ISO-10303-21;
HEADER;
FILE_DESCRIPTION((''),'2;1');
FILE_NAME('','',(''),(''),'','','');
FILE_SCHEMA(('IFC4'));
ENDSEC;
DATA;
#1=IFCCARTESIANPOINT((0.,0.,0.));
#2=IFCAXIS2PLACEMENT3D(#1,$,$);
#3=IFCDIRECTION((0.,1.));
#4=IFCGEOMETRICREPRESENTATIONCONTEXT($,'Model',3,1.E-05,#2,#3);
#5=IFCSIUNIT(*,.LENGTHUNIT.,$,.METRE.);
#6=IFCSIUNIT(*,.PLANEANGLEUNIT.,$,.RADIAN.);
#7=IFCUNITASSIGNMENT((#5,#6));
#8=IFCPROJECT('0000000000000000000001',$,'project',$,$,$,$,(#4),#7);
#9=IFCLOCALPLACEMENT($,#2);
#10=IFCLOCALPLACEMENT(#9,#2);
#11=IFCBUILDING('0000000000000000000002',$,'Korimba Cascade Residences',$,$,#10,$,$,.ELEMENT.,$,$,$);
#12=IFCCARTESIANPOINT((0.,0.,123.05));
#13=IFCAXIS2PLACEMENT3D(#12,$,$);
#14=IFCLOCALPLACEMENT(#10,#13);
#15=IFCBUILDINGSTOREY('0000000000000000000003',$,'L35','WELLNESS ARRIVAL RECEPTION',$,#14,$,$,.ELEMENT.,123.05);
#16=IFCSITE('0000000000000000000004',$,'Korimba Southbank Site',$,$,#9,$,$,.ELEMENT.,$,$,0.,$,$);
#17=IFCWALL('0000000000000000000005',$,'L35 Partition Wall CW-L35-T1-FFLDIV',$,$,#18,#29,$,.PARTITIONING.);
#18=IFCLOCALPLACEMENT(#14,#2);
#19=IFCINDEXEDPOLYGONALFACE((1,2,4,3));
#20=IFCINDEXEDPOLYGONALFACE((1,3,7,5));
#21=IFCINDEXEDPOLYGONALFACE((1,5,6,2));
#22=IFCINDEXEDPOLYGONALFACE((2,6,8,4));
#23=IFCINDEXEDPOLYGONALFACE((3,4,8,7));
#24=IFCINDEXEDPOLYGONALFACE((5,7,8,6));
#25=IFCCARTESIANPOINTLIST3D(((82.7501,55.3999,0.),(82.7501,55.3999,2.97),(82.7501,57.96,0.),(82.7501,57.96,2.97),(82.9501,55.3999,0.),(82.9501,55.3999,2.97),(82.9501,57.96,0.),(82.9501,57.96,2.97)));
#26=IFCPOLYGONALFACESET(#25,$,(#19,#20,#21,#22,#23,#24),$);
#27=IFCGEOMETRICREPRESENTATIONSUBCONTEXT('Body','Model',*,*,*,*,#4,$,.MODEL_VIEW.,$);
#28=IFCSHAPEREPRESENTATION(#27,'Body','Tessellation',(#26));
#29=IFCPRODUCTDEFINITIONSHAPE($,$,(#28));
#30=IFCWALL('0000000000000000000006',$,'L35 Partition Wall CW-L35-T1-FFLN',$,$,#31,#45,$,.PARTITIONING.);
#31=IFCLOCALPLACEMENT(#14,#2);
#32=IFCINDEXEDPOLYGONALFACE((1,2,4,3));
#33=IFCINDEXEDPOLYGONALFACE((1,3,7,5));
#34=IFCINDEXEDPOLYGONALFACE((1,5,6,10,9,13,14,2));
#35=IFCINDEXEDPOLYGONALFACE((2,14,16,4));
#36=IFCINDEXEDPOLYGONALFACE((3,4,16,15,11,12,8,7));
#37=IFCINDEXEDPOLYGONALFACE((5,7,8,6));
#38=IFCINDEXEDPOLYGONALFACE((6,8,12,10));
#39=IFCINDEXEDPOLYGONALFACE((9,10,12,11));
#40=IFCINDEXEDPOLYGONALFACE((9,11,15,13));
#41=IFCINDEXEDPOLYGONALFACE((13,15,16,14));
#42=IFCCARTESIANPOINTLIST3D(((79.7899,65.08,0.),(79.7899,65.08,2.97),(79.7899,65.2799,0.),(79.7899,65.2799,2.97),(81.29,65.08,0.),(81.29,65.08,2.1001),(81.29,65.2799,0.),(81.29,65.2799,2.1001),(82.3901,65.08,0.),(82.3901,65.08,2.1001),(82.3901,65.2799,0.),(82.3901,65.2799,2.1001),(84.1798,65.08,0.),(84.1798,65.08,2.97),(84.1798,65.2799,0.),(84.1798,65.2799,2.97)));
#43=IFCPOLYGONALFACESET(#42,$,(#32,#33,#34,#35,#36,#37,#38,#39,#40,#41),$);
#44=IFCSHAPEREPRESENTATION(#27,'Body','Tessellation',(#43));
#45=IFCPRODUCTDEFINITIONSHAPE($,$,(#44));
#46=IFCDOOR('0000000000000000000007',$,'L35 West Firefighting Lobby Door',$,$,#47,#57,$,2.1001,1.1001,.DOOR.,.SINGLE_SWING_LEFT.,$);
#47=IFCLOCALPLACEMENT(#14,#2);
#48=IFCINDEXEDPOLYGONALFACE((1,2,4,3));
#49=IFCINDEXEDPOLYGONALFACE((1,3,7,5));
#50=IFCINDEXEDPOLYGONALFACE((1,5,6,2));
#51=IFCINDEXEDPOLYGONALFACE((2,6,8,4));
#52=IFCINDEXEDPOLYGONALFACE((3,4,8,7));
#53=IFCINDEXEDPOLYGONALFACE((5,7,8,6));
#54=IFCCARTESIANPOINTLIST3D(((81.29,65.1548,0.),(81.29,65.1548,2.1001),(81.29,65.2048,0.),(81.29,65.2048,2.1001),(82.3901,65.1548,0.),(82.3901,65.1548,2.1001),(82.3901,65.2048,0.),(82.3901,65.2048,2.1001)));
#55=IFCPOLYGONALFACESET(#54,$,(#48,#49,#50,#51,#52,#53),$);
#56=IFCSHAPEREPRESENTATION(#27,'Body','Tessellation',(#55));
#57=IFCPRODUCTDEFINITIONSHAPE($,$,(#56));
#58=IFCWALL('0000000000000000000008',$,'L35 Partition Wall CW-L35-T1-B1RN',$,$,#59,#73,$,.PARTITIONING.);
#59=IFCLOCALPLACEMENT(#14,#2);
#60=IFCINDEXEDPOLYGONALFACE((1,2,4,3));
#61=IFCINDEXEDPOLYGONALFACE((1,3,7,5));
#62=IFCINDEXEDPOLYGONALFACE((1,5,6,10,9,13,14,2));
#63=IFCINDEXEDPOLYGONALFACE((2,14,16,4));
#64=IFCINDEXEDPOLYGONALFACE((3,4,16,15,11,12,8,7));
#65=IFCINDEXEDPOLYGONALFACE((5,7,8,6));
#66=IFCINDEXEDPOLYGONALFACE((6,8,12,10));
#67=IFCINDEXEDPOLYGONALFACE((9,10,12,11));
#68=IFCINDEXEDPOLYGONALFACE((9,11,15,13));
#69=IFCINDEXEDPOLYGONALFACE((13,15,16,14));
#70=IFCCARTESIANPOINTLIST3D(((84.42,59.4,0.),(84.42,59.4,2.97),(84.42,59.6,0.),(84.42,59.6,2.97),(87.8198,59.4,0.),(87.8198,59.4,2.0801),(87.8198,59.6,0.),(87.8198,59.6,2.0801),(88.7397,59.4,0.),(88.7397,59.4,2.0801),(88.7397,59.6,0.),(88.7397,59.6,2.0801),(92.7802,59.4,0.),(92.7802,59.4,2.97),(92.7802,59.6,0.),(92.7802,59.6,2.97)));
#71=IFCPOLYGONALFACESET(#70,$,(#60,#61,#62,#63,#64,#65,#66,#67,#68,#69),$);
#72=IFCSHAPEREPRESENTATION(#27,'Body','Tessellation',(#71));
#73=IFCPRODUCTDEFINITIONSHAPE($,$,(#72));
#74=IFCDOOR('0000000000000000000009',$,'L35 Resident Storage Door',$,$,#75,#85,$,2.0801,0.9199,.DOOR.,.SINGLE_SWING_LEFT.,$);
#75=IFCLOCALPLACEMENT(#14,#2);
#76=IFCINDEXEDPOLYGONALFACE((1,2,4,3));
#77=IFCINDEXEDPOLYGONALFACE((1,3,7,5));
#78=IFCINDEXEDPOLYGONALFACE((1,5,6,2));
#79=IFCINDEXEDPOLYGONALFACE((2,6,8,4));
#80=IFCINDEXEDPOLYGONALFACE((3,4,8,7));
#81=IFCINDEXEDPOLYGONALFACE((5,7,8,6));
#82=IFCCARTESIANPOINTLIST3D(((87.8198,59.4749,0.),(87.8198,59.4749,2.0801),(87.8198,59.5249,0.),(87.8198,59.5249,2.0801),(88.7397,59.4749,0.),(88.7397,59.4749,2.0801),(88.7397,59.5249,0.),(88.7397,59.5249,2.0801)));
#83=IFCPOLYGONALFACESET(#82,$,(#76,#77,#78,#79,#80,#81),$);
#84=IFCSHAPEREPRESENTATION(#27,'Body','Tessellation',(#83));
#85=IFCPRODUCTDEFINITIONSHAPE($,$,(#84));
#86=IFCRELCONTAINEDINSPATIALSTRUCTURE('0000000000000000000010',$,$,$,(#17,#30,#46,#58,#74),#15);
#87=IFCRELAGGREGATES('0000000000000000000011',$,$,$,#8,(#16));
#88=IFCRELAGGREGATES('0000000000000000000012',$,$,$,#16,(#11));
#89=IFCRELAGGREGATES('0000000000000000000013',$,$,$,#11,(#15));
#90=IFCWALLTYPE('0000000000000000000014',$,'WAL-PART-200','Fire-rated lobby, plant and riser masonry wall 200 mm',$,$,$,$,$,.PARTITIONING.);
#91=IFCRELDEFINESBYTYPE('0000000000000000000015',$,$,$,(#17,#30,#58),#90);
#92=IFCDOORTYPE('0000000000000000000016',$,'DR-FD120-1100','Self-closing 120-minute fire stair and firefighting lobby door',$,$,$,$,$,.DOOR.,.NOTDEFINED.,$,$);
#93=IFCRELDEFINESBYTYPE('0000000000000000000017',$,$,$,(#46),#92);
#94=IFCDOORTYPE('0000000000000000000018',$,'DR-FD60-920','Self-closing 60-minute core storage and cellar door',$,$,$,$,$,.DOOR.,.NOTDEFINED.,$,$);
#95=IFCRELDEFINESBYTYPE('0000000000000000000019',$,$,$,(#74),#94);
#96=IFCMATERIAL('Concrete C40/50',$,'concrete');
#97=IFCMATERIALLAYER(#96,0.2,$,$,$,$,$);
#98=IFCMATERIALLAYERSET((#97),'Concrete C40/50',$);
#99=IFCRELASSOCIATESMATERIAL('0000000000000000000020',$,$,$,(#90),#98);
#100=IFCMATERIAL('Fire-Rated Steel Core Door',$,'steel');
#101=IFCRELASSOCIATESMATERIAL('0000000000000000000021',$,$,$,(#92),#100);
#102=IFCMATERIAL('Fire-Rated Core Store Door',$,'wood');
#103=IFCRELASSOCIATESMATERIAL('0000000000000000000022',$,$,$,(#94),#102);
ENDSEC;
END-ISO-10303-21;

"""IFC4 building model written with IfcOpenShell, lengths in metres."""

from ifc_helpers import new_model, si_unit, direction, frame, frame_2d, origin, place, context, subcontext, project, spatial, rectangle, extrude, material, layer, layer_set, type_object, element, fill, save


model = new_model("IFC4")

# Units and contexts
model_context = context("Model", 3, precision=1e-05, world=origin(), true_north=direction((0.0, 1.0)))
body_context = subcontext(model_context, "Body", "Model", "MODEL_VIEW")
ifc_project = project(units=[si_unit("LENGTHUNIT", "METRE"), si_unit("PLANEANGLEUNIT", "RADIAN")], contexts=[model_context])

# Site, building, storey
site_placement = place(None, origin())
site = spatial("IfcSite", under=ifc_project, at=site_placement, Name="Korimba Southbank Site", CompositionType="ELEMENT", RefElevation=0.0)
building_placement = place(site_placement, origin())
building = spatial("IfcBuilding", under=site, at=building_placement, Name="Korimba Cascade Residences", CompositionType="ELEMENT")
storey_placement = place(building_placement, frame((0.0, 0.0, 123.05)))
storey = spatial("IfcBuildingStorey", under=building, at=storey_placement, Name="L35", Description="WELLNESS ARRIVAL RECEPTION", CompositionType="ELEMENT", Elevation=123.05)

# Wall
ifc_material_1 = material(Name="Concrete C40/50", Category="concrete")
ifc_layer_1 = layer(ifc_material_1, 0.2)
ifc_layer_set_1 = layer_set([ifc_layer_1], Name="Concrete C40/50")
wall_type_1 = type_object("IfcWallType", Name="WAL-PART-200", Description="Fire-rated lobby, plant and riser masonry wall 200 mm", PredefinedType="PARTITIONING", material=ifc_layer_set_1)
wall_1_placement = place(storey_placement, frame((82.8501, 55.3999, 0.0), z_axis=(0.0, 0.0, 1.0), x_axis=(0.0, 1.0, 0.0)))
element("IfcWall", 1, at=wall_1_placement, inside=storey, type_object=wall_type_1, Name="L35 Partition Wall CW-L35-T1-FFLDIV", PredefinedType="PARTITIONING", context=body_context, shape_type="SweptSolid", body=[
    extrude(rectangle(XDim=2.5601, YDim=0.2, at=frame_2d((1.28, 0.0))), origin(), (0.0, 0.0, 1.0), 2.97),
])

# Walls, openings, doors
wall_2_placement = place(storey_placement, frame((79.79, 65.1799, 0.0), z_axis=(0.0, 0.0, 1.0), x_axis=(1.0, 0.0, 0.0)))
wall_2 = element("IfcWall", 2, at=wall_2_placement, inside=storey, type_object=wall_type_1, Name="L35 Partition Wall CW-L35-T1-FFLN", PredefinedType="PARTITIONING", context=body_context, shape_type="SweptSolid", body=[
    extrude(rectangle(XDim=4.3899, YDim=0.2, at=frame_2d((2.1948, 0.0))), origin(), (0.0, 0.0, 1.0), 2.97),
])
opening_1_placement = place(wall_2_placement, frame((1.5, 0.0, 0.0)))
opening_1 = element("IfcOpeningElement", 3, at=opening_1_placement, cuts=wall_2, PredefinedType="OPENING", context=body_context, shape_type="SweptSolid", body=[
    extrude(rectangle(XDim=1.1001, YDim=2.1001, at=frame_2d((0.55, 1.05))), frame((0.0, 0.1099, 0.0), z_axis=(0.0, -1.0, 0.0), x_axis=(1.0, 0.0, 0.0)), (0.0, 0.0, 1.0), 0.22),
])
ifc_material_2 = material(Name="Fire-Rated Steel Core Door", Category="steel")
door_type_1 = type_object("IfcDoorType", Name="DR-FD120-1100", Description="Self-closing 120-minute fire stair and firefighting lobby door", OperationType="NOTDEFINED", PredefinedType="DOOR", material=ifc_material_2)
door_1_placement = place(opening_1_placement, origin())
door_1 = element("IfcDoor", 4, at=door_1_placement, inside=storey, type_object=door_type_1, Name="L35 West Firefighting Lobby Door", OperationType="SINGLE_SWING_LEFT", OverallHeight=2.1001, OverallWidth=1.1001, PredefinedType="DOOR", context=body_context, shape_type="SweptSolid", body=[
    extrude(rectangle(XDim=1.1001, YDim=2.1001, at=frame_2d((0.55, 1.05))), frame((0.0, 0.0249, 0.0), z_axis=(0.0, -1.0, 0.0), x_axis=(1.0, 0.0, 0.0)), (0.0, 0.0, 1.0), 0.05),
])
fill(opening_1, door_1)
wall_3_placement = place(storey_placement, frame((84.4199, 59.5, 0.0), z_axis=(0.0, 0.0, 1.0), x_axis=(1.0, 0.0, 0.0)))
wall_3 = element("IfcWall", 5, at=wall_3_placement, inside=storey, type_object=wall_type_1, Name="L35 Partition Wall CW-L35-T1-B1RN", PredefinedType="PARTITIONING", context=body_context, shape_type="SweptSolid", body=[
    extrude(rectangle(XDim=8.3601, YDim=0.2, at=frame_2d((4.1802, 0.0))), origin(), (0.0, 0.0, 1.0), 2.97),
])
opening_2_placement = place(wall_3_placement, frame((3.3999, 0.0, 0.0)))
opening_2 = element("IfcOpeningElement", 6, at=opening_2_placement, cuts=wall_3, PredefinedType="OPENING", context=body_context, shape_type="SweptSolid", body=[
    extrude(rectangle(XDim=0.9199, YDim=2.0801, at=frame_2d((0.46, 1.04))), frame((0.0, 0.1099, 0.0), z_axis=(0.0, -1.0, 0.0), x_axis=(1.0, 0.0, 0.0)), (0.0, 0.0, 1.0), 0.22),
])
ifc_material_3 = material(Name="Fire-Rated Core Store Door", Category="wood")
door_type_2 = type_object("IfcDoorType", Name="DR-FD60-920", Description="Self-closing 60-minute core storage and cellar door", OperationType="NOTDEFINED", PredefinedType="DOOR", material=ifc_material_3)
door_2_placement = place(opening_2_placement, origin())
door_2 = element("IfcDoor", 7, at=door_2_placement, inside=storey, type_object=door_type_2, Name="L35 Resident Storage Door", OperationType="SINGLE_SWING_LEFT", OverallHeight=2.0801, OverallWidth=0.9199, PredefinedType="DOOR", context=body_context, shape_type="SweptSolid", body=[
    extrude(rectangle(XDim=0.9199, YDim=2.0801, at=frame_2d((0.46, 1.04))), frame((0.0, 0.0249, 0.0), z_axis=(0.0, -1.0, 0.0), x_axis=(1.0, 0.0, 0.0)), (0.0, 0.0, 1.0), 0.05),
])
fill(opening_2, door_2)

save(model, "model.ifc")
